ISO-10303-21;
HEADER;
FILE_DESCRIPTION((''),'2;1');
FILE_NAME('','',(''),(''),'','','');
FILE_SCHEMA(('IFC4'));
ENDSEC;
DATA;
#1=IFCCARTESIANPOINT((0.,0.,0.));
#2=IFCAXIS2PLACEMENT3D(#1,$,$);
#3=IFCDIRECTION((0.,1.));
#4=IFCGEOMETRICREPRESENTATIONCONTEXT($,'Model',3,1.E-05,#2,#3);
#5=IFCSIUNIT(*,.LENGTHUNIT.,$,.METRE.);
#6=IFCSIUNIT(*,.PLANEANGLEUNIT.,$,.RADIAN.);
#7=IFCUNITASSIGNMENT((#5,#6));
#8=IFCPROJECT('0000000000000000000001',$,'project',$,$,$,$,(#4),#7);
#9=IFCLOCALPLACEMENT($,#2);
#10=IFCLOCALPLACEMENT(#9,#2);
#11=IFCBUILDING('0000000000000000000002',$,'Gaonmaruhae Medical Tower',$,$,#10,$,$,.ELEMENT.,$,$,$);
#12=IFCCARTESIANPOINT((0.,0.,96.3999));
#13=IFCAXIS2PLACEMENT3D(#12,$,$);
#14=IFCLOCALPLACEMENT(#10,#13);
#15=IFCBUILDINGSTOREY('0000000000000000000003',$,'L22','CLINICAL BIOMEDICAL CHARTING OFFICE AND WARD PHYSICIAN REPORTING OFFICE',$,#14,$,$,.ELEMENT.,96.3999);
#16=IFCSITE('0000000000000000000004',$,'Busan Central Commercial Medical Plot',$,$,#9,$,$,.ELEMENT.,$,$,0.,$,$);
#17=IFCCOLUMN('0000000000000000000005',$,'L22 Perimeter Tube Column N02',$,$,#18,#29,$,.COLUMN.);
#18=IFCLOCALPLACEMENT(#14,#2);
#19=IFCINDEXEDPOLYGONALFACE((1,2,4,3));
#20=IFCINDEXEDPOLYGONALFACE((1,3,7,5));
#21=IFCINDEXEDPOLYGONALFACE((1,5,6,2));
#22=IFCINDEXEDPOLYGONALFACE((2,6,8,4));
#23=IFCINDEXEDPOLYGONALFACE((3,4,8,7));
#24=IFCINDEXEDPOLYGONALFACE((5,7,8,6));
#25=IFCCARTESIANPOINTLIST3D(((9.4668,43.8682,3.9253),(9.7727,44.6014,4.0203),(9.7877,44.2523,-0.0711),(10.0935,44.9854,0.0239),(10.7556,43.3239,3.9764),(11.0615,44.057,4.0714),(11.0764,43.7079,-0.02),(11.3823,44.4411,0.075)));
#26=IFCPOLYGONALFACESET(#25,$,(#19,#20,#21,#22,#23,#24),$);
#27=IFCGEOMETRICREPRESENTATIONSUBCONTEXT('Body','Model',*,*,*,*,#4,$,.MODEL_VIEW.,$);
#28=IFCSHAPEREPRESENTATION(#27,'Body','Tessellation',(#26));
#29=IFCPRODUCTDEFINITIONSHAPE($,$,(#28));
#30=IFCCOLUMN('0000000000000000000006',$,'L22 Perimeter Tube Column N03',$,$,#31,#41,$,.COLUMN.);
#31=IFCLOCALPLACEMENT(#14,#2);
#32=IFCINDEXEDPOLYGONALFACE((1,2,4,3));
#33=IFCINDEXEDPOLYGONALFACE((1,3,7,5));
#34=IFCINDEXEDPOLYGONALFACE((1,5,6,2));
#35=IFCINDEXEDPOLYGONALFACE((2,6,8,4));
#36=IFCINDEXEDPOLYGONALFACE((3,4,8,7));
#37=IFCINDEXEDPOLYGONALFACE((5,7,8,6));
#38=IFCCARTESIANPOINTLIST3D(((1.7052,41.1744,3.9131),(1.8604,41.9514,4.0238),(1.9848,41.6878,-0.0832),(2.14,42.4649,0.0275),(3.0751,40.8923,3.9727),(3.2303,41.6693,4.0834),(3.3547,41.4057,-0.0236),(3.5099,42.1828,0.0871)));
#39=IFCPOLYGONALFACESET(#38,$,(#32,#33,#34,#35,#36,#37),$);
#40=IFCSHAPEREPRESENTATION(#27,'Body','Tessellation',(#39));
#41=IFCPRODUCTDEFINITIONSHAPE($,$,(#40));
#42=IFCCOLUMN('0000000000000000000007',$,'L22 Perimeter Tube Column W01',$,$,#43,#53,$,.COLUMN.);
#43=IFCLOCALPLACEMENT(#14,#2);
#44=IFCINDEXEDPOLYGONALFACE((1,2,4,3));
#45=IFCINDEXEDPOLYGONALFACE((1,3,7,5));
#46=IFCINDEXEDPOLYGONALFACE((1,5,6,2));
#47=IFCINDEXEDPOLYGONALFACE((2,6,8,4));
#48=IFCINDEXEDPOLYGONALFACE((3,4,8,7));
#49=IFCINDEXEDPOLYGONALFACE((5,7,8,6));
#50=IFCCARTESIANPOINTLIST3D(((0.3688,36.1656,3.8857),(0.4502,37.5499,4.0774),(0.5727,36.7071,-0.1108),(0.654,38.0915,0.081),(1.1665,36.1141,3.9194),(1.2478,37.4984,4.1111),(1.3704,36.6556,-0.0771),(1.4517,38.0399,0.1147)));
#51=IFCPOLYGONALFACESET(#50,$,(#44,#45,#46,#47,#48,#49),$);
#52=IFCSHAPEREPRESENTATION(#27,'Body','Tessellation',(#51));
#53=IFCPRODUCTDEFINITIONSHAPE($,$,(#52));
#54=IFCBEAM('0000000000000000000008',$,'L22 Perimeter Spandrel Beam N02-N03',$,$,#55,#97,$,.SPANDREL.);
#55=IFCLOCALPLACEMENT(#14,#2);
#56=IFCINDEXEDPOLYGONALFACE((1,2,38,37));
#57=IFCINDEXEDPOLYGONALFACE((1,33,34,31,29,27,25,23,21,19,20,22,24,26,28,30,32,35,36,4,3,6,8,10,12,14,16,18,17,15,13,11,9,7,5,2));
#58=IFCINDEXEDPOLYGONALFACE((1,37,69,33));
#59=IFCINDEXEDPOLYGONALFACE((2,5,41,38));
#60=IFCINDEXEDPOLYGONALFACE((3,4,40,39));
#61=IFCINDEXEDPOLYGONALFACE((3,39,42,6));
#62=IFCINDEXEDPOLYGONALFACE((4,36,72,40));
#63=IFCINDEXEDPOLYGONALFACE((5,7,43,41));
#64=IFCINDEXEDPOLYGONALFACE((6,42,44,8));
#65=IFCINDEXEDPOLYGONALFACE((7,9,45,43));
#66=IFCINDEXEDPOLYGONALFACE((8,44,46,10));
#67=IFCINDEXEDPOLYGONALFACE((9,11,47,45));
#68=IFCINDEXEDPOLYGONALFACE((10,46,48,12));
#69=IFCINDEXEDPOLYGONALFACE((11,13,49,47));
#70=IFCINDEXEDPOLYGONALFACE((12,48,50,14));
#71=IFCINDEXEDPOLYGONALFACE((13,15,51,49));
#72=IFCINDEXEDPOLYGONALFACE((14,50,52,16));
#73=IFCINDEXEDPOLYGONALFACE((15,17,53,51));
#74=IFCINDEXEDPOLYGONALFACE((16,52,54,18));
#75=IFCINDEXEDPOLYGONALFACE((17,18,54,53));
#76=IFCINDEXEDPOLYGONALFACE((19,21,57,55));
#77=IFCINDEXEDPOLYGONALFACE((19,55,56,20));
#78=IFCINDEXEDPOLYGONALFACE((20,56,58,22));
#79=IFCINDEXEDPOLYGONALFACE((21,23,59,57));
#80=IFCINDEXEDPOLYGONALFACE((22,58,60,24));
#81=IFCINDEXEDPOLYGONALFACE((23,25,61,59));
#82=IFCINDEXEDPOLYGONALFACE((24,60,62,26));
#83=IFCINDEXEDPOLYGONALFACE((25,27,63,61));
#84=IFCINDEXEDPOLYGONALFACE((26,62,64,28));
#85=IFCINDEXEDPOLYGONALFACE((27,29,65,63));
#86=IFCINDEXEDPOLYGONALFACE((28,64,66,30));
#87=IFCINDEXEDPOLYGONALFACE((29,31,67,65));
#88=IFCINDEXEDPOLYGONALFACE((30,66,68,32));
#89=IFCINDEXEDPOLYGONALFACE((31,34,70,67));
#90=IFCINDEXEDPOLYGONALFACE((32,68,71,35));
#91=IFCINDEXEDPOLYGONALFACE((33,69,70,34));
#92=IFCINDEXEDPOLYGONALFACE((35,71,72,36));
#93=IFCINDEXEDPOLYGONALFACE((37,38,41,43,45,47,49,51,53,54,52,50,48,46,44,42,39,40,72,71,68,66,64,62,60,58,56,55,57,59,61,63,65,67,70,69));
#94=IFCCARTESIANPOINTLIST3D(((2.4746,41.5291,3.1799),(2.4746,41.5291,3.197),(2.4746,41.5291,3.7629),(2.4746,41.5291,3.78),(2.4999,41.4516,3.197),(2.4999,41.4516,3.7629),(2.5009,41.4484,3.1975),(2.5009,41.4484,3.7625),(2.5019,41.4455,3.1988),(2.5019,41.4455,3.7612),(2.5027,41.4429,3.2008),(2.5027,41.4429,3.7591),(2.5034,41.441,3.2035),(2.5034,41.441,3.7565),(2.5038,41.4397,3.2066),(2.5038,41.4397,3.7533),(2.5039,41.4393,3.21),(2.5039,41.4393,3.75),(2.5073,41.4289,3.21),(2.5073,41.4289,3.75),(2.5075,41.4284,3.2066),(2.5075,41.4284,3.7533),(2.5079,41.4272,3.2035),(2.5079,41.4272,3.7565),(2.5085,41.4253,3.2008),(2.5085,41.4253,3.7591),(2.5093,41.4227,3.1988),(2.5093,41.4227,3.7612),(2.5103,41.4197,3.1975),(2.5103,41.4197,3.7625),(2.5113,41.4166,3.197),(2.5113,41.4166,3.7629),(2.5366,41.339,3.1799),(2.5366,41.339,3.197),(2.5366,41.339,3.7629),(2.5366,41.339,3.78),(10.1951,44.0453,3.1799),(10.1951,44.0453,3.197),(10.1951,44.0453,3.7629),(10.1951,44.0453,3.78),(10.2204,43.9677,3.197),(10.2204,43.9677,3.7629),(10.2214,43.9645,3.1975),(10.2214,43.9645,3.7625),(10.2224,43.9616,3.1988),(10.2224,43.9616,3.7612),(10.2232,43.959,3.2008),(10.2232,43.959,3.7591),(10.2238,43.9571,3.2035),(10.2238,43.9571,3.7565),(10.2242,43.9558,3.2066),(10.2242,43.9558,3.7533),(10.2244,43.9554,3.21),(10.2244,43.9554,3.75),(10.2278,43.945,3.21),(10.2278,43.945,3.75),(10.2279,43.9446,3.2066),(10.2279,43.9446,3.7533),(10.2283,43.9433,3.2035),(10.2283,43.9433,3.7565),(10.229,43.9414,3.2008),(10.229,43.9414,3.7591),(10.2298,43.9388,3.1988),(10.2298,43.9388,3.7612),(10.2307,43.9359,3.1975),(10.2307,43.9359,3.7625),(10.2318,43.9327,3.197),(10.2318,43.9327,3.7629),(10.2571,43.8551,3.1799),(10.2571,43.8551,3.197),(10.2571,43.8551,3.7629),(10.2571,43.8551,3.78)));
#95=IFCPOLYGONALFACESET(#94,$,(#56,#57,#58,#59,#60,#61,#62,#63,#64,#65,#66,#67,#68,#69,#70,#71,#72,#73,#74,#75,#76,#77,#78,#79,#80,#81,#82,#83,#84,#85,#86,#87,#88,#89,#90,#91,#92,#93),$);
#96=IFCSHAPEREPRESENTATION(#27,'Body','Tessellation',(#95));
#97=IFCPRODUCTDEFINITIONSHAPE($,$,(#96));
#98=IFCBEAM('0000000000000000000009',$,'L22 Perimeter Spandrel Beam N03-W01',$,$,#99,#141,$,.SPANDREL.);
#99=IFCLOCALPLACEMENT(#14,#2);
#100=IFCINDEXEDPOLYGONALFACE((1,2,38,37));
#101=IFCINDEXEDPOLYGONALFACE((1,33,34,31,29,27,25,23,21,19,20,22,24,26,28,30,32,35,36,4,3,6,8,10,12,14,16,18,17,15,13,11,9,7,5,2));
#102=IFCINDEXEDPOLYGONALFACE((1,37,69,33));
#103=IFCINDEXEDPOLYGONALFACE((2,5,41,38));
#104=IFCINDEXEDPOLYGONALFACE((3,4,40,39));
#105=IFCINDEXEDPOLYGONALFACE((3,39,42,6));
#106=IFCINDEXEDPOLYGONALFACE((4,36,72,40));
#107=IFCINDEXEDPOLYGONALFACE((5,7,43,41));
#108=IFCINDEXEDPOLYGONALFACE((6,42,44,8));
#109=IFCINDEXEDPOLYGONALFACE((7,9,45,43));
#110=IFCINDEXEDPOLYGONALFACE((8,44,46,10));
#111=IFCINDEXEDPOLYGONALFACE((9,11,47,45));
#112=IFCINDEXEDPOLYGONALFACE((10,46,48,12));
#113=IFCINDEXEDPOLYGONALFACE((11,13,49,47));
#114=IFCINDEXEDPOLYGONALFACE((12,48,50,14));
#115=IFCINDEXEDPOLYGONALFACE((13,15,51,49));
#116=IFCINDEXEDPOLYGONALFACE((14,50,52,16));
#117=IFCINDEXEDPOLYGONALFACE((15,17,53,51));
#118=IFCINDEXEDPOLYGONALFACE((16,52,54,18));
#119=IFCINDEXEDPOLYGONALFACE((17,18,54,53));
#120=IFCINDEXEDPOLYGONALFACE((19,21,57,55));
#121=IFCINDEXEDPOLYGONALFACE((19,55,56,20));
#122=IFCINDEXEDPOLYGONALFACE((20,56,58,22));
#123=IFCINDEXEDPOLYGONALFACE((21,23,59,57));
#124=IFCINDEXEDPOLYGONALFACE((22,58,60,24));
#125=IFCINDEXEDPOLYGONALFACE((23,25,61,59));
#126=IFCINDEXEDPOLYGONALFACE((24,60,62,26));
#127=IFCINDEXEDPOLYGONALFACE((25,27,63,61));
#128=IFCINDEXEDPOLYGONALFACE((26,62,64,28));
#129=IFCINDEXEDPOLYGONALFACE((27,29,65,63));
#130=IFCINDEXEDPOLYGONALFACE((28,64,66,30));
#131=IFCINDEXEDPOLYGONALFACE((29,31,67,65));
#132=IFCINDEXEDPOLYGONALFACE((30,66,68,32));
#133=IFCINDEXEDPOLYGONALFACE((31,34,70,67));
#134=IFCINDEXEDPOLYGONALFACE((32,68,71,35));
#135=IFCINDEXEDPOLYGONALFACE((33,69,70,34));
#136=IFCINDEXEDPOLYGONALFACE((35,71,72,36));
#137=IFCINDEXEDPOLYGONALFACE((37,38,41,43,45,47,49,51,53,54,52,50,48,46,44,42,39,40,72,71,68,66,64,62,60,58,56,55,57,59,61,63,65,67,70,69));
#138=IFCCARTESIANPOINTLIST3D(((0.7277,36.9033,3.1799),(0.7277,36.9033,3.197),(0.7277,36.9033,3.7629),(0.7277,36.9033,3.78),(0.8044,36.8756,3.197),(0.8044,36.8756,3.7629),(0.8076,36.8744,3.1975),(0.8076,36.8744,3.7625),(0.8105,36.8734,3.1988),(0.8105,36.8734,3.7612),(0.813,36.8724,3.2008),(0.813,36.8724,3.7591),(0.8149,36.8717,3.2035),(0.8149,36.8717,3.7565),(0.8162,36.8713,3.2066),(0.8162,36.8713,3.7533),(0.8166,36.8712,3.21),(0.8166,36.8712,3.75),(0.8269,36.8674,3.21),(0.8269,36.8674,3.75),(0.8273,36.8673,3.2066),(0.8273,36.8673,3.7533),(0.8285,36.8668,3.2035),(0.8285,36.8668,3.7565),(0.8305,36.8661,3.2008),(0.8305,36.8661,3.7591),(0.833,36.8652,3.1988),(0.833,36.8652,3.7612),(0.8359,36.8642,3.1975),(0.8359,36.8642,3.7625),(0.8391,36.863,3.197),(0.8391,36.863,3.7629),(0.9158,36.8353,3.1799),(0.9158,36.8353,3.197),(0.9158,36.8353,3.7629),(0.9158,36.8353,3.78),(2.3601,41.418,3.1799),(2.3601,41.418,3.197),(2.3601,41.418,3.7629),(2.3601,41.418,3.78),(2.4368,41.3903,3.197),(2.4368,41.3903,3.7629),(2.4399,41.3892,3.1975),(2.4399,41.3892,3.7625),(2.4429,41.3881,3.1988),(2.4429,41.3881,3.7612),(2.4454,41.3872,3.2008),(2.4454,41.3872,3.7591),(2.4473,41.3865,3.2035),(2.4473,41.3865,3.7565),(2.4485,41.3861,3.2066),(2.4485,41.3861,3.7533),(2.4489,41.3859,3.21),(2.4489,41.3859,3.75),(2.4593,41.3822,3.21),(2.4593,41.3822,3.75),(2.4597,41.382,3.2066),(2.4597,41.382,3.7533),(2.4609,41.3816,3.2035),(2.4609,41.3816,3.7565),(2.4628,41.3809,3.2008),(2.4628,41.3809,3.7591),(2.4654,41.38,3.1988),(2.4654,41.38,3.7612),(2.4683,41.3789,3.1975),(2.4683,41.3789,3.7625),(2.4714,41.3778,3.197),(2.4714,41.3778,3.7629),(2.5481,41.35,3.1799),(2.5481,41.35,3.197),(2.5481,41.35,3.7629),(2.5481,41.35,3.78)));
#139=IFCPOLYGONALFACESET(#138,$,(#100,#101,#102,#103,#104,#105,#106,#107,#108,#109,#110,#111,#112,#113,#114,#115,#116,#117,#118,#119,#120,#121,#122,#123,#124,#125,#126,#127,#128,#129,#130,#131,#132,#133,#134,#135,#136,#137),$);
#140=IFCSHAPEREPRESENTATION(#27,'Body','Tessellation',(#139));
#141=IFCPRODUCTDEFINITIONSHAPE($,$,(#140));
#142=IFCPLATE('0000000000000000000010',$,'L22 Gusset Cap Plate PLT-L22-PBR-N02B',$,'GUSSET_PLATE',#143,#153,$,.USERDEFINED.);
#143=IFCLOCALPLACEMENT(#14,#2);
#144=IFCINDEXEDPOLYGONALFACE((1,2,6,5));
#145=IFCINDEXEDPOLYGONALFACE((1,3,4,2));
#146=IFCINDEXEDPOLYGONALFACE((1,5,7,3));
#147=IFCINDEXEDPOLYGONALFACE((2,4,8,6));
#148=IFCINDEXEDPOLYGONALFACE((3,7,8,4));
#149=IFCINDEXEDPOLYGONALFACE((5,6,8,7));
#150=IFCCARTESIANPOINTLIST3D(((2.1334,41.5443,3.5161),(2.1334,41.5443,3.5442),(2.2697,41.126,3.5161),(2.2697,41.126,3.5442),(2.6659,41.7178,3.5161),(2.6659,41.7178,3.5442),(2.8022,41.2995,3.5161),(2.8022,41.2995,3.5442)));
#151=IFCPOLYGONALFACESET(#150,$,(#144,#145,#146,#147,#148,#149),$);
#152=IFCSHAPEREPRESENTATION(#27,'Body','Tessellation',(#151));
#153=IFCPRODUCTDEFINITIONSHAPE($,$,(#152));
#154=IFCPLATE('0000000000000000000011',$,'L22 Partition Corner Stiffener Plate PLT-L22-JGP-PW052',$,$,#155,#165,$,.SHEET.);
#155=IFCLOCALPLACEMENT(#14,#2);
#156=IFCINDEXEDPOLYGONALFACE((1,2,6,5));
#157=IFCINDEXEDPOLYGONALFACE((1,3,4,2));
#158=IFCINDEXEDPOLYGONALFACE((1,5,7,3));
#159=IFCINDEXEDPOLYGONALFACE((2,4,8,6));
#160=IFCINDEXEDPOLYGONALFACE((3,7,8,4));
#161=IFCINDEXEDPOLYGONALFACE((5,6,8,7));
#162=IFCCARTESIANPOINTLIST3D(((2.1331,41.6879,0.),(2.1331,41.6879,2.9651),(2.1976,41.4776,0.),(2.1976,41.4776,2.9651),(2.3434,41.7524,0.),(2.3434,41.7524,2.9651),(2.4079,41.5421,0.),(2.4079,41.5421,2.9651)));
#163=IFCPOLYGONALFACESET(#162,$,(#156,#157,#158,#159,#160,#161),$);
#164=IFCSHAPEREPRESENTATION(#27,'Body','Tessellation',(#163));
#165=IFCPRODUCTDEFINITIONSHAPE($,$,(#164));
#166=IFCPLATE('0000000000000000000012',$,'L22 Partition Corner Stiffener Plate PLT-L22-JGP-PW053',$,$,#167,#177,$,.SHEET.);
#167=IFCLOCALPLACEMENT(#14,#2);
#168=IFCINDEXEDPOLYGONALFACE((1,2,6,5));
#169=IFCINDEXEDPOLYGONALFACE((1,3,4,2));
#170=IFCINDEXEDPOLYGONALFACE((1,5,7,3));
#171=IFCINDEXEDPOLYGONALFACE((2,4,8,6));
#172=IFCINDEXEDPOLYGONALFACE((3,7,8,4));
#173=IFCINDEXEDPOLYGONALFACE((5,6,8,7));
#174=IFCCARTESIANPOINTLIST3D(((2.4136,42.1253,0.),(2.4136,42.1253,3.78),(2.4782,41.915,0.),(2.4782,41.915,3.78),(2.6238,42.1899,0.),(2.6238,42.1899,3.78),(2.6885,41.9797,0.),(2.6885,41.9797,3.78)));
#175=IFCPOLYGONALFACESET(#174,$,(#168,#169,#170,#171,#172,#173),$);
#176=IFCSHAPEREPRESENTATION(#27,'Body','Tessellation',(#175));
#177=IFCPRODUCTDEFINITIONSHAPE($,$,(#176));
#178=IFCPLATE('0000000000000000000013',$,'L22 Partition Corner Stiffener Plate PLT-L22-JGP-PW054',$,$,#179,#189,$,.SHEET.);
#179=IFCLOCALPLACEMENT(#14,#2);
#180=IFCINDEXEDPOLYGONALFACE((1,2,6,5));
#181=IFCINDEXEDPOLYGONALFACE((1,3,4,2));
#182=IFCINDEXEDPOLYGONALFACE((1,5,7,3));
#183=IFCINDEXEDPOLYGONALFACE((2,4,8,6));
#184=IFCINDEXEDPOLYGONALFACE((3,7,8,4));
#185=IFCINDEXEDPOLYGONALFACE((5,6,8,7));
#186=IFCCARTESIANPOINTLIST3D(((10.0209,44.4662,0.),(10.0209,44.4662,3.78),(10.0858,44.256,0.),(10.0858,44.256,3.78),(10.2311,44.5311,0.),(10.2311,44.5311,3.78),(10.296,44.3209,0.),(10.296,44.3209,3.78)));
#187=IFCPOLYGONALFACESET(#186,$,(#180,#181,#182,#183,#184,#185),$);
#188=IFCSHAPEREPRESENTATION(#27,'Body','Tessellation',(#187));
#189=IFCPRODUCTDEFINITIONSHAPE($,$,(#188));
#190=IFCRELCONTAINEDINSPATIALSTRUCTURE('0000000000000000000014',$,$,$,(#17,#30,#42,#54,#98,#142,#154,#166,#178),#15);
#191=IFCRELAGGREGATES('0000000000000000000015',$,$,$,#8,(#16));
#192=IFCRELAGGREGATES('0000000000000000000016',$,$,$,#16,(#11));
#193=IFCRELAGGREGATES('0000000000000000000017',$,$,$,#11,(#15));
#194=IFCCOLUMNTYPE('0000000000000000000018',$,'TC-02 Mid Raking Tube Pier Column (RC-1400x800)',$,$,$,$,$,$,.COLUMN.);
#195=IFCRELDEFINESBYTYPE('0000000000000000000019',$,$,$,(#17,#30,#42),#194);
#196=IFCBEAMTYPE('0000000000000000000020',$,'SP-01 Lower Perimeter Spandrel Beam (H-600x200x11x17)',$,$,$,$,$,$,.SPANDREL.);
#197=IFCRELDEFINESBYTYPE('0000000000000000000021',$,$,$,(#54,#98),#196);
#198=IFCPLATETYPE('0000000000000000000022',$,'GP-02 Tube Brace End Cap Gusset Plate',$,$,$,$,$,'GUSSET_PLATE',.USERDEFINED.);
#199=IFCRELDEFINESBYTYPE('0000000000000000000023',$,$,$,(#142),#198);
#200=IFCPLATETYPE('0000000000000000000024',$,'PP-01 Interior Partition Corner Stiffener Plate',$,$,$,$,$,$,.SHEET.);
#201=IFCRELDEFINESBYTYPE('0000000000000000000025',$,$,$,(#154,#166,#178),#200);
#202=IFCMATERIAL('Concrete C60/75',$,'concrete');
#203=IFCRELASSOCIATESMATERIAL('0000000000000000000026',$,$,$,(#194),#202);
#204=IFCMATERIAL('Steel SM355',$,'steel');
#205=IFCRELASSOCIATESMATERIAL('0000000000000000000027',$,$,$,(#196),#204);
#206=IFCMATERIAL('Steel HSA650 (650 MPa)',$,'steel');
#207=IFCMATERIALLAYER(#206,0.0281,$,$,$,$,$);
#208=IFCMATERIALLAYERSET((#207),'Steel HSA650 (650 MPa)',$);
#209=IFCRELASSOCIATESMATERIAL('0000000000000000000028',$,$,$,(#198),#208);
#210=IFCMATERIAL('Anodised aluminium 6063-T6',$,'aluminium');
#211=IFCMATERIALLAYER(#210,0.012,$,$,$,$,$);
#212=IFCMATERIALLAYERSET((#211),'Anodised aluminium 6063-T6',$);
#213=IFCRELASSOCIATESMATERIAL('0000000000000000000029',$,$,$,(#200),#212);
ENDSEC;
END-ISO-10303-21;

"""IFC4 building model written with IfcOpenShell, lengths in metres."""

from ifc_helpers import new_model, si_unit, direction, frame, origin, origin_2d, place, context, subcontext, project, spatial, rectangle, i_section, extrude, material, layer, layer_set, material_profile, profile_set, type_object, element, save


model = new_model("IFC4")

# Units and contexts
model_context = context("Model", 3, precision=1e-05, world=origin(), true_north=direction((0.0, 1.0)))
body_context = subcontext(model_context, "Body", "Model", "MODEL_VIEW")
ifc_project = project(units=[si_unit("LENGTHUNIT", "METRE"), si_unit("PLANEANGLEUNIT", "RADIAN")], contexts=[model_context])

# Site, building, storey
site_placement = place(None, origin())
site = spatial("IfcSite", under=ifc_project, at=site_placement, Name="Busan Central Commercial Medical Plot", CompositionType="ELEMENT", RefElevation=0.0)
building_placement = place(site_placement, origin())
building = spatial("IfcBuilding", under=site, at=building_placement, Name="Gaonmaruhae Medical Tower", CompositionType="ELEMENT")
storey_placement = place(building_placement, frame((0.0, 0.0, 96.3999)))
storey = spatial("IfcBuildingStorey", under=building, at=storey_placement, Name="L22", Description="CLINICAL BIOMEDICAL CHARTING OFFICE AND WARD PHYSICIAN REPORTING OFFICE", CompositionType="ELEMENT", Elevation=96.3999)

# Columns
ifc_material_1 = material(Name="Concrete C60/75", Category="concrete")
ifc_material_profile_1 = material_profile(ifc_material_1, rectangle(XDim=1.3999, YDim=0.8, at=origin_2d()), Name="RC-1400x800")
ifc_profile_set_1 = profile_set([ifc_material_profile_1], Name="Concrete C60/75")
column_type = type_object("IfcColumnType", Name="TC-02 Mid Raking Tube Pier Column (RC-1400x800)", PredefinedType="COLUMN", material=ifc_profile_set_1)
column_1_placement = place(storey_placement, frame((10.585, 44.3467, 0.002), z_axis=(-0.079652, -0.095352, 0.992252), x_axis=(0.920581, -0.388839, 0.036532)))
element("IfcColumn", 1, at=column_1_placement, inside=storey, type_object=column_type, Name="L22 Perimeter Tube Column N02", PredefinedType="COLUMN", context=body_context, shape_type="SweptSolid", body=[
    extrude(rectangle(XDim=1.3999, YDim=0.8, at=origin_2d()), origin(), (0.0, 0.0, 1.0), 4.0276),
])
column_2_placement = place(storey_placement, frame((2.7473, 41.9353, 0.002), z_axis=(-0.069213, -0.127122, 0.989469), x_axis=(0.97856, -0.201515, 0.04256)))
element("IfcColumn", 2, at=column_2_placement, inside=storey, type_object=column_type, Name="L22 Perimeter Tube Column N03", PredefinedType="COLUMN", context=body_context, shape_type="SweptSolid", body=[
    extrude(rectangle(XDim=1.3999, YDim=0.8, at=origin_2d()), origin(), (0.0, 0.0, 1.0), 4.0388),
])
column_3_placement = place(storey_placement, frame((1.0122, 37.3735, 0.002), z_axis=(-0.050485, -0.134102, 0.989681), x_axis=(0.058089, 0.988873, 0.136955)))
element("IfcColumn", 3, at=column_3_placement, inside=storey, type_object=column_type, Name="L22 Perimeter Tube Column W01", PredefinedType="COLUMN", context=body_context, shape_type="SweptSolid", body=[
    extrude(rectangle(XDim=1.3999, YDim=0.8, at=origin_2d()), origin(), (0.0, 0.0, 1.0), 4.0381),
])

# Beams
ifc_material_2 = material(Name="Steel SM355", Category="steel")
ifc_material_profile_2 = material_profile(ifc_material_2, i_section(OverallWidth=0.2, OverallDepth=0.6001, WebThickness=0.011, FlangeThickness=0.0171, FilletRadius=0.0129, at=origin_2d()), Name="H-600x200x11x17")
ifc_profile_set_2 = profile_set([ifc_material_profile_2], Name="Steel SM355")
beam_type = type_object("IfcBeamType", Name="SP-01 Lower Perimeter Spandrel Beam (H-600x200x11x17)", PredefinedType="SPANDREL", material=ifc_profile_set_2)
beam_1_placement = place(storey_placement, frame((10.2261, 43.9502, 3.48), z_axis=(-0.950782, -0.309862, 0.0), x_axis=(0.309862, -0.950782, 0.0)))
element("IfcBeam", 4, at=beam_1_placement, inside=storey, type_object=beam_type, Name="L22 Perimeter Spandrel Beam N02-N03", PredefinedType="SPANDREL", context=body_context, shape_type="SweptSolid", body=[
    extrude(i_section(OverallWidth=0.2, OverallDepth=0.6001, WebThickness=0.011, FlangeThickness=0.0171, FilletRadius=0.0129, at=origin_2d()), origin(), (0.0, 0.0, 1.0), 8.1201),
])
beam_2_placement = place(storey_placement, frame((2.4541, 41.384, 3.48), z_axis=(-0.340019, -0.940418, 0.0), x_axis=(0.940418, -0.340019, 0.0)))
element("IfcBeam", 5, at=beam_2_placement, inside=storey, type_object=beam_type, Name="L22 Perimeter Spandrel Beam N03-W01", PredefinedType="SPANDREL", context=body_context, shape_type="SweptSolid", body=[
    extrude(i_section(OverallWidth=0.2, OverallDepth=0.6001, WebThickness=0.011, FlangeThickness=0.0171, FilletRadius=0.0129, at=origin_2d()), origin(), (0.0, 0.0, 1.0), 4.8008),
])

# Plates
ifc_material_3 = material(Name="Steel HSA650 (650 MPa)", Category="steel")
ifc_layer_1 = layer(ifc_material_3, 0.0281)
ifc_layer_set_1 = layer_set([ifc_layer_1], Name="Steel HSA650 (650 MPa)")
plate_type_1 = type_object("IfcPlateType", Name="GP-02 Tube Brace End Cap Gusset Plate", ElementType="GUSSET_PLATE", PredefinedType="USERDEFINED", material=ifc_layer_set_1)
plate_1_placement = place(storey_placement, frame((2.4678, 41.4219, 3.5161), z_axis=(0.0, 0.0, 1.0), x_axis=(0.950786, 0.309847, 0.0)))
element("IfcPlate", 6, at=plate_1_placement, inside=storey, type_object=plate_type_1, Name="L22 Gusset Cap Plate PLT-L22-PBR-N02B", ObjectType="GUSSET_PLATE", PredefinedType="USERDEFINED", context=body_context, shape_type="SweptSolid", body=[
    extrude(rectangle(XDim=0.5601, YDim=0.4399, at=origin_2d()), origin(), (0.0, 0.0, 1.0), 0.0281),
])
ifc_material_4 = material(Name="Anodised aluminium 6063-T6", Category="aluminium")
ifc_layer_2 = layer(ifc_material_4, 0.012)
ifc_layer_set_2 = layer_set([ifc_layer_2], Name="Anodised aluminium 6063-T6")
plate_type_2 = type_object("IfcPlateType", Name="PP-01 Interior Partition Corner Stiffener Plate", PredefinedType="SHEET", material=ifc_layer_set_2)
plate_2_placement = place(storey_placement, frame((2.2705, 41.615, 0.0), z_axis=(0.0, 0.0, 1.0), x_axis=(-0.293356, 0.956003, 0.0)))
element("IfcPlate", 7, at=plate_2_placement, inside=storey, type_object=plate_type_2, Name="L22 Partition Corner Stiffener Plate PLT-L22-JGP-PW052", PredefinedType="SHEET", context=body_context, shape_type="SweptSolid", body=[
    extrude(rectangle(XDim=0.22, YDim=0.22, at=origin_2d()), origin(), (0.0, 0.0, 1.0), 2.9651),
])
for number, where, z_axis, x_axis, name in (
    (8, (2.551, 42.0525, 0.0), (0.0, 0.0, 1.0), (0.95586, 0.293823, 0.0), "L22 Partition Corner Stiffener Plate PLT-L22-JGP-PW053"),
    (9, (10.1584, 44.3936, 0.0), (0.0, 0.0, 1.0), (0.955593, 0.294691, 0.0), "L22 Partition Corner Stiffener Plate PLT-L22-JGP-PW054"),
):
    element("IfcPlate", number, at=place(storey_placement, frame(where, z_axis=z_axis, x_axis=x_axis)), inside=storey, type_object=plate_type_2, Name=name, PredefinedType="SHEET", context=body_context, shape_type="SweptSolid", body=[
        extrude(rectangle(XDim=0.22, YDim=0.22, at=origin_2d()), origin(), (0.0, 0.0, 1.0), 3.78),
    ])

save(model, "model.ifc")
